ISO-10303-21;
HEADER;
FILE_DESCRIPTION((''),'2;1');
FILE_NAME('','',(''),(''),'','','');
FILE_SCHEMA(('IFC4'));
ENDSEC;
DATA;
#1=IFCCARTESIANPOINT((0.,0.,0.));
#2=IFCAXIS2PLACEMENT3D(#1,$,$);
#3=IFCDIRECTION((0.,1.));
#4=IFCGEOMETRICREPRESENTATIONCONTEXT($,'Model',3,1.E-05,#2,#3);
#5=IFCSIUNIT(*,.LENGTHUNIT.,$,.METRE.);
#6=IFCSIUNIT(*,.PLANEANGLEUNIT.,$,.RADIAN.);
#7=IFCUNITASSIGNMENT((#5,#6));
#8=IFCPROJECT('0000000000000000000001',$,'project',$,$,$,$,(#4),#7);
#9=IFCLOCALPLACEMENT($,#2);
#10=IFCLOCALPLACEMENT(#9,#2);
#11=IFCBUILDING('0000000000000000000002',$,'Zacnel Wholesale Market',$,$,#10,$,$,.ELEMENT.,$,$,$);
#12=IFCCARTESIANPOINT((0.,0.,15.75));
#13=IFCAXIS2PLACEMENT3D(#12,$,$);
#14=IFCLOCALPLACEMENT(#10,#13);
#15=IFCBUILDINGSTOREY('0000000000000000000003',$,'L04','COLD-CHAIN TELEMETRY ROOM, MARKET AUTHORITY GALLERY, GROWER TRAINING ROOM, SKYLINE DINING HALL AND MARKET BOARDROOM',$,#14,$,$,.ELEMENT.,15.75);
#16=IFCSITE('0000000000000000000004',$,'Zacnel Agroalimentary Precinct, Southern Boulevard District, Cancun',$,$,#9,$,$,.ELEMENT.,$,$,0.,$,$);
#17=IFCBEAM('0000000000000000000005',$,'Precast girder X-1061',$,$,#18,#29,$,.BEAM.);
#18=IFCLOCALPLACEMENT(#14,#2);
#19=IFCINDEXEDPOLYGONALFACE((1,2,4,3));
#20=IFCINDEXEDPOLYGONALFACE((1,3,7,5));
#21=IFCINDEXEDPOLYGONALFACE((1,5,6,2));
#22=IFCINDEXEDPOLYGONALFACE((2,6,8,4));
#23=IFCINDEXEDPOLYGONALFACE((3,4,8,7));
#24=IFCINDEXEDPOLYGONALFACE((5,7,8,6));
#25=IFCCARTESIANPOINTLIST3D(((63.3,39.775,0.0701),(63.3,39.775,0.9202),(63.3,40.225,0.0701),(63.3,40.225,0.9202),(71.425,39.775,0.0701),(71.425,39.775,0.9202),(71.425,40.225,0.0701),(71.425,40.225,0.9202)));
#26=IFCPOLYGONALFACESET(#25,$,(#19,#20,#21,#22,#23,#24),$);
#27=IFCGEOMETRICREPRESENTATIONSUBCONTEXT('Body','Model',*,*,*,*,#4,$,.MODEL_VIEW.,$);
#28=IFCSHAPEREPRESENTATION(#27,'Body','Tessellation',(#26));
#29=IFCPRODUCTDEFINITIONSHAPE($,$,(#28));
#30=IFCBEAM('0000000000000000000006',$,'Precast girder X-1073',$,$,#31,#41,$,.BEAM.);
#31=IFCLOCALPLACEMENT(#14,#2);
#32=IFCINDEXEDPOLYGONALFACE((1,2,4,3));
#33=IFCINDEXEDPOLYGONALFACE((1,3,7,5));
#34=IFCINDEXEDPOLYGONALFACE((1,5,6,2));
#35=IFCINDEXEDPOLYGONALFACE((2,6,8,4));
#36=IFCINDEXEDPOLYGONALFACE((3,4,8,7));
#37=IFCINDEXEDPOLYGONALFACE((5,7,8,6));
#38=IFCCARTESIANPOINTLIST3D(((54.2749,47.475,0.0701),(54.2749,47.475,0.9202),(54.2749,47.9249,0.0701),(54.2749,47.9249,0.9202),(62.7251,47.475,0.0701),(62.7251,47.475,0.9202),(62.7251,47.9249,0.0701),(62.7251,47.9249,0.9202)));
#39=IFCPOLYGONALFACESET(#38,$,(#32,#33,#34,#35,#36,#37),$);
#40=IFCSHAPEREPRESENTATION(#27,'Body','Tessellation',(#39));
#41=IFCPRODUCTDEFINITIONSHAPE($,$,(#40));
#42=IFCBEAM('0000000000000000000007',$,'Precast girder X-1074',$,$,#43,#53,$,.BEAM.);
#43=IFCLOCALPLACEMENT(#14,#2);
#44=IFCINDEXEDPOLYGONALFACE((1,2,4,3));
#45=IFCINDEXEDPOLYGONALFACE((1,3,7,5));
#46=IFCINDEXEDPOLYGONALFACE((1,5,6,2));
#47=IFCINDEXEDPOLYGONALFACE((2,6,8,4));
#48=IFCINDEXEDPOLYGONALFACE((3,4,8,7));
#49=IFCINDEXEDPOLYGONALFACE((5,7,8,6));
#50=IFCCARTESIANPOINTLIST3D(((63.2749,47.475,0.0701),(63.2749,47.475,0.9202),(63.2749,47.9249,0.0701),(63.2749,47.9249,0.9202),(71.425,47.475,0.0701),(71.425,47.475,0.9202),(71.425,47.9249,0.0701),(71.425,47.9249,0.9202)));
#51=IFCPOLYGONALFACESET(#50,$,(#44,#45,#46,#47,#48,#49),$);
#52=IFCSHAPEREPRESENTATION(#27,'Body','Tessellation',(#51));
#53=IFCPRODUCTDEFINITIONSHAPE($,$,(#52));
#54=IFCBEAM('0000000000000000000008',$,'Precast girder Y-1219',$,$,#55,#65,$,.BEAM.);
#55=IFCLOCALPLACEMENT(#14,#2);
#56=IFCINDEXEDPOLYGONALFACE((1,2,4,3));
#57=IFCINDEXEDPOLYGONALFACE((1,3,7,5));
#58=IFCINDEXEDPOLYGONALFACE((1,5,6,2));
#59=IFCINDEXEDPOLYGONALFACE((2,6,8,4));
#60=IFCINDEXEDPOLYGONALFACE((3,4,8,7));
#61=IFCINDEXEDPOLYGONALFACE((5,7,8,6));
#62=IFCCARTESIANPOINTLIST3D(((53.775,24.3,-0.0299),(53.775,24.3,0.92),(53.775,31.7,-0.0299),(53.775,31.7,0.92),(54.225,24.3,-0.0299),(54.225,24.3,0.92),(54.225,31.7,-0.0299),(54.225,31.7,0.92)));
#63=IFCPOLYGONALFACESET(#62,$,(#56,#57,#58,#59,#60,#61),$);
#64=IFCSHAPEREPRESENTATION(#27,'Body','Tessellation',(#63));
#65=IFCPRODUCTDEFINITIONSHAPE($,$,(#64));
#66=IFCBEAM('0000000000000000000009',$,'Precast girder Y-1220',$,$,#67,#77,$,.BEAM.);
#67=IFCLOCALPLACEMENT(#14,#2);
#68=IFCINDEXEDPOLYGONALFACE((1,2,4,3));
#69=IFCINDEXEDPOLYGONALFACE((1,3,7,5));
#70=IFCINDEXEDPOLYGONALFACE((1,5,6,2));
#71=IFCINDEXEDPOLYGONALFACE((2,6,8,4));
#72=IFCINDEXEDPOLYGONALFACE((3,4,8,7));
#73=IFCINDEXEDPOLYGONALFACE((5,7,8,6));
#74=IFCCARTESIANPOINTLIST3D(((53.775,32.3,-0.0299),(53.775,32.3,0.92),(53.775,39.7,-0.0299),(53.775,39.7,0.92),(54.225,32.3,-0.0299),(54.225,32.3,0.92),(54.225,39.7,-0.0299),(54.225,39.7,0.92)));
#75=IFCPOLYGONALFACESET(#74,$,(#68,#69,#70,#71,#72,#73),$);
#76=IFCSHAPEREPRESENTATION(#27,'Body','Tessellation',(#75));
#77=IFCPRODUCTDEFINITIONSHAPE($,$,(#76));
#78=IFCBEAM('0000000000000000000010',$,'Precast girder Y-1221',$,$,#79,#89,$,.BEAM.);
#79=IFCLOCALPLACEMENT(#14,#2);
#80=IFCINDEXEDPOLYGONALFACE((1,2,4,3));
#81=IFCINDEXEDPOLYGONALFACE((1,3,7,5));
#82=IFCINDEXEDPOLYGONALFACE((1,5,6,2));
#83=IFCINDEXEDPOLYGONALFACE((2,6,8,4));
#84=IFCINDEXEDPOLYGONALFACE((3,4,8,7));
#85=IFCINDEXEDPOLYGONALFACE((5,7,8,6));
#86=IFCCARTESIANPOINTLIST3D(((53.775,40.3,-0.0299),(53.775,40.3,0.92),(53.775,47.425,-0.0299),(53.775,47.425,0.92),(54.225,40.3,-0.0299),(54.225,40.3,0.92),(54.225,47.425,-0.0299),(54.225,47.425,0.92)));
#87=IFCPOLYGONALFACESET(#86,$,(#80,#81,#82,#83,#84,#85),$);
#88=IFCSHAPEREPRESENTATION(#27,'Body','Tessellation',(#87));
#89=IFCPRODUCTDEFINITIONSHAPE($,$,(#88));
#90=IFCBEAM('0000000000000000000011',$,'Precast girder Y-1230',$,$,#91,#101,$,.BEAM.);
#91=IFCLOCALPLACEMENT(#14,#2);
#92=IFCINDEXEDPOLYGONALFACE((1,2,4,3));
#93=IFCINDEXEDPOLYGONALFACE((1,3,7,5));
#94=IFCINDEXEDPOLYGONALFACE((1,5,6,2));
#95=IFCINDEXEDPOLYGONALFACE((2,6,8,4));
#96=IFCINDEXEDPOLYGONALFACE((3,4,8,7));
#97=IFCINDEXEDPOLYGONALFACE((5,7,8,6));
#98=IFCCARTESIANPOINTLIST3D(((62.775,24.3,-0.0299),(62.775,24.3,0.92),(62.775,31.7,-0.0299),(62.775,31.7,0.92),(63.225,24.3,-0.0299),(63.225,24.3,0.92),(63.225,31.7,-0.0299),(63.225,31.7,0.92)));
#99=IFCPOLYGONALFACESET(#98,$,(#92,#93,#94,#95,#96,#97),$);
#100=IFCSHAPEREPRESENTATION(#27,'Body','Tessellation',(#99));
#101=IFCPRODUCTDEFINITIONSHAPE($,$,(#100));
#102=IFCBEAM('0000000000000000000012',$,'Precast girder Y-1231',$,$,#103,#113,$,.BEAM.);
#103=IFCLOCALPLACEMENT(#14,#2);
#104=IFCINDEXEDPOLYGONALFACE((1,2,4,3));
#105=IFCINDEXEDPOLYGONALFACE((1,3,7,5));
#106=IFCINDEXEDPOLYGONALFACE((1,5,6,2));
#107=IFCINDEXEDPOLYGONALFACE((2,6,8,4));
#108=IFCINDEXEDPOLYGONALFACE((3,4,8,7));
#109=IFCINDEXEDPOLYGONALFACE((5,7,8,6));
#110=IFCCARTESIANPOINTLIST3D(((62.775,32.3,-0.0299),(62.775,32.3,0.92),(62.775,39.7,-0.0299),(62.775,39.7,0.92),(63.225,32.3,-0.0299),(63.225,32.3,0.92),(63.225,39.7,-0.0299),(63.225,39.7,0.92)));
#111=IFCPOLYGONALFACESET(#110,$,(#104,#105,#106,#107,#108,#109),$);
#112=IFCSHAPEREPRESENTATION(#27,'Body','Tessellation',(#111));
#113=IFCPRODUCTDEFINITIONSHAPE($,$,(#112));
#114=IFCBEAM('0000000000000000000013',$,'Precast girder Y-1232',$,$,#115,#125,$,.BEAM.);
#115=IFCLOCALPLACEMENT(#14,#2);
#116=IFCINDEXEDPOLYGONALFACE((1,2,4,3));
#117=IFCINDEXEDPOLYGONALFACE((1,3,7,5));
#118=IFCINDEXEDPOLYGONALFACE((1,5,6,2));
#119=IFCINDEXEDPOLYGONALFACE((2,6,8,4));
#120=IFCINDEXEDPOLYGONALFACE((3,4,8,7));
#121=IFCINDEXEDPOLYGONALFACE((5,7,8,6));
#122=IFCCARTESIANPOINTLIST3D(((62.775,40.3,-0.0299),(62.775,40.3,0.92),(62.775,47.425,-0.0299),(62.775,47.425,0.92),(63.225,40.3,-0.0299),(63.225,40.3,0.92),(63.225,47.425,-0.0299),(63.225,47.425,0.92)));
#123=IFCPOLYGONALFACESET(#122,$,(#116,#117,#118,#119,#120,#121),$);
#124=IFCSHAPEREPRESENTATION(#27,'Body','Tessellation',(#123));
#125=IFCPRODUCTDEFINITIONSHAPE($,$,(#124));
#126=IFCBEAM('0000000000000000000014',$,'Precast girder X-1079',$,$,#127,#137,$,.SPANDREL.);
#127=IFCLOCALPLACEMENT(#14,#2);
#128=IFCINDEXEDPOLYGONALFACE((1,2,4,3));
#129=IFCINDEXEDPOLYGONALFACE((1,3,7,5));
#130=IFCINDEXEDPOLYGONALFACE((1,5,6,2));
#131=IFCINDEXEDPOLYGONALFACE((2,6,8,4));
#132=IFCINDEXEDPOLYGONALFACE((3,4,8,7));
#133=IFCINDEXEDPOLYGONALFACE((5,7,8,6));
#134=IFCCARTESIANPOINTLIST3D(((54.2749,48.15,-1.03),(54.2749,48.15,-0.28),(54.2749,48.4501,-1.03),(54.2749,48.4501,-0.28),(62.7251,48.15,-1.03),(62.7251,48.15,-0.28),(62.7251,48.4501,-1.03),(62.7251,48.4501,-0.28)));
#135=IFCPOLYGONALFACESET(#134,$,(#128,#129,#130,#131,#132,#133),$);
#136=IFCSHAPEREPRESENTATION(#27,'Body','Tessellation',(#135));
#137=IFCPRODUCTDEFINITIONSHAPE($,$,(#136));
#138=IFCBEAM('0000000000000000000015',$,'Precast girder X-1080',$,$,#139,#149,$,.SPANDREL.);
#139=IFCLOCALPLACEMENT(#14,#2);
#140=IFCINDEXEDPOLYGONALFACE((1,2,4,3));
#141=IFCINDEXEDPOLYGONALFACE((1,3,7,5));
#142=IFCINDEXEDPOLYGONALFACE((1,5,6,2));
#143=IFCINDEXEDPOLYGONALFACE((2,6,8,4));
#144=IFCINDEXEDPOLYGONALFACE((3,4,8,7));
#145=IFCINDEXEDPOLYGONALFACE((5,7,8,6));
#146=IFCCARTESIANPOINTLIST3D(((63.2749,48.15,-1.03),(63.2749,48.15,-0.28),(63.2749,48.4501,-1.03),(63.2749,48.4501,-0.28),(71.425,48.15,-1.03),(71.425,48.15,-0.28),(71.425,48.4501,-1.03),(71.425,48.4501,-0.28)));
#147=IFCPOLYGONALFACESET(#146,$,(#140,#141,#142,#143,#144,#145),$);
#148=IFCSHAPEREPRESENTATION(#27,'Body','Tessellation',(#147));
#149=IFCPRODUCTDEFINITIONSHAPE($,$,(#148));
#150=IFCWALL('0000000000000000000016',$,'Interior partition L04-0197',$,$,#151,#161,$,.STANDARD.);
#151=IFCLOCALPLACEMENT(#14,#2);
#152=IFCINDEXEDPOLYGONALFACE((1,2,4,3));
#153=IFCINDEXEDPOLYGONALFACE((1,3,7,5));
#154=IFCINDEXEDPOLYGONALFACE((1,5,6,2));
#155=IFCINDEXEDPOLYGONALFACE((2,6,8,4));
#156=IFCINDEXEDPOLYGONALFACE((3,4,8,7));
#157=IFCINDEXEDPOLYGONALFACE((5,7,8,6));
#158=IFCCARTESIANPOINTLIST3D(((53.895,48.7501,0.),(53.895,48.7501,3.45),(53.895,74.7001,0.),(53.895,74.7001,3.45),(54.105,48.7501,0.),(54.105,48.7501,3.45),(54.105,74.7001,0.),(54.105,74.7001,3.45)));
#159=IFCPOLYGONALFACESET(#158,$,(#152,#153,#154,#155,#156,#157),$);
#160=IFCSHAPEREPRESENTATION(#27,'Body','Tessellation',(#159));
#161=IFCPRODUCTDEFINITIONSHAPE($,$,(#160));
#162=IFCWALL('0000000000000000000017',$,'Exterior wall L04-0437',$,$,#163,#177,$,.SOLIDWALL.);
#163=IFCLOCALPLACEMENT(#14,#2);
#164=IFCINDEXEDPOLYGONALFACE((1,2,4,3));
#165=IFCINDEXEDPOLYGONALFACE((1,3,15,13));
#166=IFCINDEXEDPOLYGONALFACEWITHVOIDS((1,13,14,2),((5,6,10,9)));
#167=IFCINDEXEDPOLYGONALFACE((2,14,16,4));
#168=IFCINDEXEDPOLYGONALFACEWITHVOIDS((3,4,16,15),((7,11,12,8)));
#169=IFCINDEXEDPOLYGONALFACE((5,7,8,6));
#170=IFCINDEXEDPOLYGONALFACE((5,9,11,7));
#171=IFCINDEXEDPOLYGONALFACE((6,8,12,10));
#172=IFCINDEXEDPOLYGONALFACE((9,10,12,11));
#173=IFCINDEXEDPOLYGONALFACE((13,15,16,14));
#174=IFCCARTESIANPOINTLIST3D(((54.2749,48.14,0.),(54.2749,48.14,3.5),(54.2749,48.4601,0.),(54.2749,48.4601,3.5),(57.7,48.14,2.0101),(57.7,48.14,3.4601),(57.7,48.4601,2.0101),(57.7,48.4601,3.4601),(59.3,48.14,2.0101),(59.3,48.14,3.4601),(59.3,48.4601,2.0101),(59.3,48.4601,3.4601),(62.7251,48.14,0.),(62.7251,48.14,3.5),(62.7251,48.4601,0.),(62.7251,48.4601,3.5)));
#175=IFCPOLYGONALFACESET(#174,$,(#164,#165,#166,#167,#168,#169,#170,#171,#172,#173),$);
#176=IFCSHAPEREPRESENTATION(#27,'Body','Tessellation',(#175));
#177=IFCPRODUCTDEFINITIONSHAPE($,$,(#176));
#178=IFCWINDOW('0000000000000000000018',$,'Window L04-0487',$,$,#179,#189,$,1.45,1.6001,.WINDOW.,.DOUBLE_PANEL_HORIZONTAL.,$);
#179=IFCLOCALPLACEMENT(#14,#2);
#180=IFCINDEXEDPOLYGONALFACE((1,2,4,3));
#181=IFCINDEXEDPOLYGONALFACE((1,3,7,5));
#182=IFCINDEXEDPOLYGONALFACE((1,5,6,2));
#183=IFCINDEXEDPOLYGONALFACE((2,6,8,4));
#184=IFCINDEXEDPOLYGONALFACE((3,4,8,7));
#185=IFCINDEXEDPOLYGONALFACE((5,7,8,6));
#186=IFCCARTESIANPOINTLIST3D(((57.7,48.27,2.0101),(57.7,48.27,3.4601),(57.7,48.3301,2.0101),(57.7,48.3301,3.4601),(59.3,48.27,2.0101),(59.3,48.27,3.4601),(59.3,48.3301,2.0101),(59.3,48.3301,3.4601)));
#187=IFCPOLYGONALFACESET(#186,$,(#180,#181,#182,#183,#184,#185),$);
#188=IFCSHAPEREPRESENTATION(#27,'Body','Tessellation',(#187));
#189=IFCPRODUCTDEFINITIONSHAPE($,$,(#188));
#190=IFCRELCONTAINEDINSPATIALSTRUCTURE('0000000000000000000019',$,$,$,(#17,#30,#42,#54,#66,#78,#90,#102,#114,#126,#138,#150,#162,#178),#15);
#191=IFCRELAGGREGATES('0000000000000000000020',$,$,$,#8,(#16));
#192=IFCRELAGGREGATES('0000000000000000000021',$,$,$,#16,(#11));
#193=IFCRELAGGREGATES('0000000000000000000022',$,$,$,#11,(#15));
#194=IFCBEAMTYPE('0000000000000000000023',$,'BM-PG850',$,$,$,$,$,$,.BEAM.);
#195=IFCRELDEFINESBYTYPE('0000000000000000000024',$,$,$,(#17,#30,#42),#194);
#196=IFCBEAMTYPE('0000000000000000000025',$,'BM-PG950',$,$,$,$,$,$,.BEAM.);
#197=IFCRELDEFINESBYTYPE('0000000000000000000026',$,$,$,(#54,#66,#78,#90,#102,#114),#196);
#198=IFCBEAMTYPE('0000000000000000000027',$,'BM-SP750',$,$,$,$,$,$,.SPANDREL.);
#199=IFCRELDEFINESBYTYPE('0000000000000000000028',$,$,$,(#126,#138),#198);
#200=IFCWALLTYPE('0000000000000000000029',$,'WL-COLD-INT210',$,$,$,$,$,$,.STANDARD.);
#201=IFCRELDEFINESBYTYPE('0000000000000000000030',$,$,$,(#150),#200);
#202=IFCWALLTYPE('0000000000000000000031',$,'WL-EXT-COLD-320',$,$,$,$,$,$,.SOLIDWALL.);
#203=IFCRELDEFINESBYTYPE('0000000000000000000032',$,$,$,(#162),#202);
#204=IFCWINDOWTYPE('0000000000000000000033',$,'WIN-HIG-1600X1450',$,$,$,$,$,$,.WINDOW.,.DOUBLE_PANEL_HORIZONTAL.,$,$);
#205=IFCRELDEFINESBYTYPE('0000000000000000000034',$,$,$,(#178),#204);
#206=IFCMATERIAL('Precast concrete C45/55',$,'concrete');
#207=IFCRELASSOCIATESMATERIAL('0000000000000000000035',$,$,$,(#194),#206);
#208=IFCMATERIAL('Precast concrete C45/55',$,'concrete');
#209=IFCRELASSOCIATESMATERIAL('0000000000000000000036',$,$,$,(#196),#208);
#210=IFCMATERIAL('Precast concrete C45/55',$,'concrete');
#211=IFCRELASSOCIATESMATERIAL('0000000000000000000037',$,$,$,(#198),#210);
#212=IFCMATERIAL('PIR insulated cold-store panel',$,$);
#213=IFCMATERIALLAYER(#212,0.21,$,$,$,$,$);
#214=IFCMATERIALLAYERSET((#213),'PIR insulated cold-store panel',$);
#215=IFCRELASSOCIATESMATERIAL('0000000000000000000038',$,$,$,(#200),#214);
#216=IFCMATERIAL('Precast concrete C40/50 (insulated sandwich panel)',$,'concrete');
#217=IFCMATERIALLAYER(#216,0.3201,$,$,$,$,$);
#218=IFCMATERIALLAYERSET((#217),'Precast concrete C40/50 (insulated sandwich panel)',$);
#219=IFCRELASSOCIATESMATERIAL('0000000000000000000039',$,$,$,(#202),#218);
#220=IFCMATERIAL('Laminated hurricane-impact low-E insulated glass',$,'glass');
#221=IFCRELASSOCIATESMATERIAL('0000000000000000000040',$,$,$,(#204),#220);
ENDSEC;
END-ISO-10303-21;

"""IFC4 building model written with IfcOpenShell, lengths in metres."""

from ifc_helpers import new_model, si_unit, direction, frame, frame_2d, origin, origin_2d, place, context, subcontext, project, spatial, rectangle, extrude, material, layer, layer_set, material_profile, profile_set, type_object, element, fill, save


model = new_model("IFC4")

# Units and contexts
model_context = context("Model", 3, precision=1e-05, world=origin(), true_north=direction((0.0, 1.0)))
body_context = subcontext(model_context, "Body", "Model", "MODEL_VIEW")
ifc_project = project(units=[si_unit("LENGTHUNIT", "METRE"), si_unit("PLANEANGLEUNIT", "RADIAN")], contexts=[model_context])

# Site, building, storey
site_placement = place(None, origin())
site = spatial("IfcSite", under=ifc_project, at=site_placement, Name="Zacnel Agroalimentary Precinct, Southern Boulevard District, Cancun", CompositionType="ELEMENT", RefElevation=0.0)
building_placement = place(site_placement, origin())
building = spatial("IfcBuilding", under=site, at=building_placement, Name="Zacnel Wholesale Market", CompositionType="ELEMENT")
storey_placement = place(building_placement, frame((0.0, 0.0, 15.75)))
storey = spatial("IfcBuildingStorey", under=building, at=storey_placement, Name="L04", Description="COLD-CHAIN TELEMETRY ROOM, MARKET AUTHORITY GALLERY, GROWER TRAINING ROOM, SKYLINE DINING HALL AND MARKET BOARDROOM", CompositionType="ELEMENT", Elevation=15.75)

# Beams
ifc_material_1 = material(Name="Precast concrete C45/55", Category="concrete")
ifc_material_profile_1 = material_profile(ifc_material_1, rectangle(XDim=0.45, YDim=0.8501, at=origin_2d()), Name="PG 450x850")
ifc_profile_set_1 = profile_set([ifc_material_profile_1], Name="Precast concrete C45/55")
beam_type_1 = type_object("IfcBeamType", Name="BM-PG850", PredefinedType="BEAM", material=ifc_profile_set_1)
beam_1_placement = place(storey_placement, frame((63.3, 40.0, 0.4951), z_axis=(1.0, 0.0, 0.0), x_axis=(0.0, 1.0, 0.0)))
element("IfcBeam", 1, at=beam_1_placement, inside=storey, type_object=beam_type_1, Name="Precast girder X-1061", PredefinedType="BEAM", context=body_context, shape_type="SweptSolid", body=[
    extrude(rectangle(XDim=0.45, YDim=0.8501, at=origin_2d()), origin(), (0.0, 0.0, 1.0), 8.125),
])
beam_2_placement = place(storey_placement, frame((54.2749, 47.7, 0.4951), z_axis=(1.0, 0.0, 0.0), x_axis=(0.0, 1.0, 0.0)))
element("IfcBeam", 2, at=beam_2_placement, inside=storey, type_object=beam_type_1, Name="Precast girder X-1073", PredefinedType="BEAM", context=body_context, shape_type="SweptSolid", body=[
    extrude(rectangle(XDim=0.45, YDim=0.8501, at=origin_2d()), origin(), (0.0, 0.0, 1.0), 8.4502),
])
beam_3_placement = place(storey_placement, frame((63.2749, 47.7, 0.4951), z_axis=(1.0, 0.0, 0.0), x_axis=(0.0, 1.0, 0.0)))
element("IfcBeam", 3, at=beam_3_placement, inside=storey, type_object=beam_type_1, Name="Precast girder X-1074", PredefinedType="BEAM", context=body_context, shape_type="SweptSolid", body=[
    extrude(rectangle(XDim=0.45, YDim=0.8501, at=origin_2d()), origin(), (0.0, 0.0, 1.0), 8.1501),
])
ifc_material_2 = material(Name="Precast concrete C45/55", Category="concrete")
ifc_material_profile_2 = material_profile(ifc_material_2, rectangle(XDim=0.45, YDim=0.95, at=origin_2d()), Name="PG 450x950")
ifc_profile_set_2 = profile_set([ifc_material_profile_2], Name="Precast concrete C45/55")
beam_type_2 = type_object("IfcBeamType", Name="BM-PG950", PredefinedType="BEAM", material=ifc_profile_set_2)
for number, where, z_axis, x_axis, name in (
    (4, (54.0, 24.3, 0.4451), (0.0, 1.0, 0.0), (-1.0, 0.0, 0.0), "Precast girder Y-1219"),
    (5, (54.0, 32.3, 0.4451), (0.0, 1.0, 0.0), (-1.0, 0.0, 0.0), "Precast girder Y-1220"),
):
    element("IfcBeam", number, at=place(storey_placement, frame(where, z_axis=z_axis, x_axis=x_axis)), inside=storey, type_object=beam_type_2, Name=name, PredefinedType="BEAM", context=body_context, shape_type="SweptSolid", body=[
        extrude(rectangle(XDim=0.45, YDim=0.95, at=origin_2d()), origin(), (0.0, 0.0, 1.0), 7.3999),
    ])
beam_4_placement = place(storey_placement, frame((54.0, 40.3, 0.4451), z_axis=(0.0, 1.0, 0.0), x_axis=(-1.0, 0.0, 0.0)))
element("IfcBeam", 6, at=beam_4_placement, inside=storey, type_object=beam_type_2, Name="Precast girder Y-1221", PredefinedType="BEAM", context=body_context, shape_type="SweptSolid", body=[
    extrude(rectangle(XDim=0.45, YDim=0.95, at=origin_2d()), origin(), (0.0, 0.0, 1.0), 7.125),
])
for number, where, z_axis, x_axis, name in (
    (7, (63.0, 24.3, 0.4451), (0.0, 1.0, 0.0), (-1.0, 0.0, 0.0), "Precast girder Y-1230"),
    (8, (63.0, 32.3, 0.4451), (0.0, 1.0, 0.0), (-1.0, 0.0, 0.0), "Precast girder Y-1231"),
):
    element("IfcBeam", number, at=place(storey_placement, frame(where, z_axis=z_axis, x_axis=x_axis)), inside=storey, type_object=beam_type_2, Name=name, PredefinedType="BEAM", context=body_context, shape_type="SweptSolid", body=[
        extrude(rectangle(XDim=0.45, YDim=0.95, at=origin_2d()), origin(), (0.0, 0.0, 1.0), 7.3999),
    ])
beam_5_placement = place(storey_placement, frame((63.0, 40.3, 0.4451), z_axis=(0.0, 1.0, 0.0), x_axis=(-1.0, 0.0, 0.0)))
element("IfcBeam", 9, at=beam_5_placement, inside=storey, type_object=beam_type_2, Name="Precast girder Y-1232", PredefinedType="BEAM", context=body_context, shape_type="SweptSolid", body=[
    extrude(rectangle(XDim=0.45, YDim=0.95, at=origin_2d()), origin(), (0.0, 0.0, 1.0), 7.125),
])
ifc_material_3 = material(Name="Precast concrete C45/55", Category="concrete")
ifc_material_profile_3 = material_profile(ifc_material_3, rectangle(XDim=0.3, YDim=0.75, at=origin_2d()), Name="SP 300x750")
ifc_profile_set_3 = profile_set([ifc_material_profile_3], Name="Precast concrete C45/55")
beam_type_3 = type_object("IfcBeamType", Name="BM-SP750", PredefinedType="SPANDREL", material=ifc_profile_set_3)
beam_6_placement = place(storey_placement, frame((54.2749, 48.3, -0.655), z_axis=(1.0, 0.0, 0.0), x_axis=(0.0, 1.0, 0.0)))
element("IfcBeam", 10, at=beam_6_placement, inside=storey, type_object=beam_type_3, Name="Precast girder X-1079", PredefinedType="SPANDREL", context=body_context, shape_type="SweptSolid", body=[
    extrude(rectangle(XDim=0.3, YDim=0.75, at=origin_2d()), origin(), (0.0, 0.0, 1.0), 8.4502),
])
beam_7_placement = place(storey_placement, frame((63.2749, 48.3, -0.655), z_axis=(1.0, 0.0, 0.0), x_axis=(0.0, 1.0, 0.0)))
element("IfcBeam", 11, at=beam_7_placement, inside=storey, type_object=beam_type_3, Name="Precast girder X-1080", PredefinedType="SPANDREL", context=body_context, shape_type="SweptSolid", body=[
    extrude(rectangle(XDim=0.3, YDim=0.75, at=origin_2d()), origin(), (0.0, 0.0, 1.0), 8.1501),
])

# Wall
ifc_material_4 = material(Name="PIR insulated cold-store panel")
ifc_layer_1 = layer(ifc_material_4, 0.21)
ifc_layer_set_1 = layer_set([ifc_layer_1], Name="PIR insulated cold-store panel")
wall_type_1 = type_object("IfcWallType", Name="WL-COLD-INT210", PredefinedType="STANDARD", material=ifc_layer_set_1)
wall_1_placement = place(storey_placement, frame((54.0, 48.75, 0.0), z_axis=(0.0, 0.0, 1.0), x_axis=(0.0, 1.0, 0.0)))
element("IfcWall", 12, at=wall_1_placement, inside=storey, type_object=wall_type_1, Name="Interior partition L04-0197", PredefinedType="STANDARD", context=body_context, shape_type="SweptSolid", body=[
    extrude(rectangle(XDim=25.95, YDim=0.21, at=frame_2d((12.9751, 0.0))), origin(), (0.0, 0.0, 1.0), 3.45),
])

# Wall, opening, window
ifc_material_5 = material(Name="Precast concrete C40/50 (insulated sandwich panel)", Category="concrete")
ifc_layer_2 = layer(ifc_material_5, 0.3201)
ifc_layer_set_2 = layer_set([ifc_layer_2], Name="Precast concrete C40/50 (insulated sandwich panel)")
wall_type_2 = type_object("IfcWallType", Name="WL-EXT-COLD-320", PredefinedType="SOLIDWALL", material=ifc_layer_set_2)
wall_2_placement = place(storey_placement, frame((54.2749, 48.3, 0.0), z_axis=(0.0, 0.0, 1.0), x_axis=(1.0, 0.0, 0.0)))
wall_2 = element("IfcWall", 13, at=wall_2_placement, inside=storey, type_object=wall_type_2, Name="Exterior wall L04-0437", PredefinedType="SOLIDWALL", context=body_context, shape_type="SweptSolid", body=[
    extrude(rectangle(XDim=8.4502, YDim=0.3201, at=frame_2d((4.2251, 0.0))), origin(), (0.0, 0.0, 1.0), 3.5),
])
opening_1_placement = place(wall_2_placement, frame((3.425, 0.0, 2.01)))
opening_1 = element("IfcOpeningElement", 14, at=opening_1_placement, cuts=wall_2, PredefinedType="OPENING", context=body_context, shape_type="SweptSolid", body=[
    extrude(rectangle(XDim=1.6001, YDim=1.45, at=frame_2d((0.8, 0.7251))), frame((0.0, 0.1699, 0.0), z_axis=(0.0, -1.0, 0.0), x_axis=(1.0, 0.0, 0.0)), (0.0, 0.0, 1.0), 0.3401),
])
ifc_material_6 = material(Name="Laminated hurricane-impact low-E insulated glass", Category="glass")
window_type = type_object("IfcWindowType", Name="WIN-HIG-1600X1450", PartitioningType="DOUBLE_PANEL_HORIZONTAL", PredefinedType="WINDOW", material=ifc_material_6)
window_placement = place(opening_1_placement, origin())
window = element("IfcWindow", 15, at=window_placement, inside=storey, type_object=window_type, Name="Window L04-0487", OverallHeight=1.45, OverallWidth=1.6001, PartitioningType="DOUBLE_PANEL_HORIZONTAL", PredefinedType="WINDOW", context=body_context, shape_type="SweptSolid", body=[
    extrude(rectangle(XDim=1.6001, YDim=1.45, at=frame_2d((0.8, 0.7251))), frame((0.0, 0.03, 0.0), z_axis=(0.0, -1.0, 0.0), x_axis=(1.0, 0.0, 0.0)), (0.0, 0.0, 1.0), 0.0601),
])
fill(opening_1, window)

save(model, "model.ifc")
